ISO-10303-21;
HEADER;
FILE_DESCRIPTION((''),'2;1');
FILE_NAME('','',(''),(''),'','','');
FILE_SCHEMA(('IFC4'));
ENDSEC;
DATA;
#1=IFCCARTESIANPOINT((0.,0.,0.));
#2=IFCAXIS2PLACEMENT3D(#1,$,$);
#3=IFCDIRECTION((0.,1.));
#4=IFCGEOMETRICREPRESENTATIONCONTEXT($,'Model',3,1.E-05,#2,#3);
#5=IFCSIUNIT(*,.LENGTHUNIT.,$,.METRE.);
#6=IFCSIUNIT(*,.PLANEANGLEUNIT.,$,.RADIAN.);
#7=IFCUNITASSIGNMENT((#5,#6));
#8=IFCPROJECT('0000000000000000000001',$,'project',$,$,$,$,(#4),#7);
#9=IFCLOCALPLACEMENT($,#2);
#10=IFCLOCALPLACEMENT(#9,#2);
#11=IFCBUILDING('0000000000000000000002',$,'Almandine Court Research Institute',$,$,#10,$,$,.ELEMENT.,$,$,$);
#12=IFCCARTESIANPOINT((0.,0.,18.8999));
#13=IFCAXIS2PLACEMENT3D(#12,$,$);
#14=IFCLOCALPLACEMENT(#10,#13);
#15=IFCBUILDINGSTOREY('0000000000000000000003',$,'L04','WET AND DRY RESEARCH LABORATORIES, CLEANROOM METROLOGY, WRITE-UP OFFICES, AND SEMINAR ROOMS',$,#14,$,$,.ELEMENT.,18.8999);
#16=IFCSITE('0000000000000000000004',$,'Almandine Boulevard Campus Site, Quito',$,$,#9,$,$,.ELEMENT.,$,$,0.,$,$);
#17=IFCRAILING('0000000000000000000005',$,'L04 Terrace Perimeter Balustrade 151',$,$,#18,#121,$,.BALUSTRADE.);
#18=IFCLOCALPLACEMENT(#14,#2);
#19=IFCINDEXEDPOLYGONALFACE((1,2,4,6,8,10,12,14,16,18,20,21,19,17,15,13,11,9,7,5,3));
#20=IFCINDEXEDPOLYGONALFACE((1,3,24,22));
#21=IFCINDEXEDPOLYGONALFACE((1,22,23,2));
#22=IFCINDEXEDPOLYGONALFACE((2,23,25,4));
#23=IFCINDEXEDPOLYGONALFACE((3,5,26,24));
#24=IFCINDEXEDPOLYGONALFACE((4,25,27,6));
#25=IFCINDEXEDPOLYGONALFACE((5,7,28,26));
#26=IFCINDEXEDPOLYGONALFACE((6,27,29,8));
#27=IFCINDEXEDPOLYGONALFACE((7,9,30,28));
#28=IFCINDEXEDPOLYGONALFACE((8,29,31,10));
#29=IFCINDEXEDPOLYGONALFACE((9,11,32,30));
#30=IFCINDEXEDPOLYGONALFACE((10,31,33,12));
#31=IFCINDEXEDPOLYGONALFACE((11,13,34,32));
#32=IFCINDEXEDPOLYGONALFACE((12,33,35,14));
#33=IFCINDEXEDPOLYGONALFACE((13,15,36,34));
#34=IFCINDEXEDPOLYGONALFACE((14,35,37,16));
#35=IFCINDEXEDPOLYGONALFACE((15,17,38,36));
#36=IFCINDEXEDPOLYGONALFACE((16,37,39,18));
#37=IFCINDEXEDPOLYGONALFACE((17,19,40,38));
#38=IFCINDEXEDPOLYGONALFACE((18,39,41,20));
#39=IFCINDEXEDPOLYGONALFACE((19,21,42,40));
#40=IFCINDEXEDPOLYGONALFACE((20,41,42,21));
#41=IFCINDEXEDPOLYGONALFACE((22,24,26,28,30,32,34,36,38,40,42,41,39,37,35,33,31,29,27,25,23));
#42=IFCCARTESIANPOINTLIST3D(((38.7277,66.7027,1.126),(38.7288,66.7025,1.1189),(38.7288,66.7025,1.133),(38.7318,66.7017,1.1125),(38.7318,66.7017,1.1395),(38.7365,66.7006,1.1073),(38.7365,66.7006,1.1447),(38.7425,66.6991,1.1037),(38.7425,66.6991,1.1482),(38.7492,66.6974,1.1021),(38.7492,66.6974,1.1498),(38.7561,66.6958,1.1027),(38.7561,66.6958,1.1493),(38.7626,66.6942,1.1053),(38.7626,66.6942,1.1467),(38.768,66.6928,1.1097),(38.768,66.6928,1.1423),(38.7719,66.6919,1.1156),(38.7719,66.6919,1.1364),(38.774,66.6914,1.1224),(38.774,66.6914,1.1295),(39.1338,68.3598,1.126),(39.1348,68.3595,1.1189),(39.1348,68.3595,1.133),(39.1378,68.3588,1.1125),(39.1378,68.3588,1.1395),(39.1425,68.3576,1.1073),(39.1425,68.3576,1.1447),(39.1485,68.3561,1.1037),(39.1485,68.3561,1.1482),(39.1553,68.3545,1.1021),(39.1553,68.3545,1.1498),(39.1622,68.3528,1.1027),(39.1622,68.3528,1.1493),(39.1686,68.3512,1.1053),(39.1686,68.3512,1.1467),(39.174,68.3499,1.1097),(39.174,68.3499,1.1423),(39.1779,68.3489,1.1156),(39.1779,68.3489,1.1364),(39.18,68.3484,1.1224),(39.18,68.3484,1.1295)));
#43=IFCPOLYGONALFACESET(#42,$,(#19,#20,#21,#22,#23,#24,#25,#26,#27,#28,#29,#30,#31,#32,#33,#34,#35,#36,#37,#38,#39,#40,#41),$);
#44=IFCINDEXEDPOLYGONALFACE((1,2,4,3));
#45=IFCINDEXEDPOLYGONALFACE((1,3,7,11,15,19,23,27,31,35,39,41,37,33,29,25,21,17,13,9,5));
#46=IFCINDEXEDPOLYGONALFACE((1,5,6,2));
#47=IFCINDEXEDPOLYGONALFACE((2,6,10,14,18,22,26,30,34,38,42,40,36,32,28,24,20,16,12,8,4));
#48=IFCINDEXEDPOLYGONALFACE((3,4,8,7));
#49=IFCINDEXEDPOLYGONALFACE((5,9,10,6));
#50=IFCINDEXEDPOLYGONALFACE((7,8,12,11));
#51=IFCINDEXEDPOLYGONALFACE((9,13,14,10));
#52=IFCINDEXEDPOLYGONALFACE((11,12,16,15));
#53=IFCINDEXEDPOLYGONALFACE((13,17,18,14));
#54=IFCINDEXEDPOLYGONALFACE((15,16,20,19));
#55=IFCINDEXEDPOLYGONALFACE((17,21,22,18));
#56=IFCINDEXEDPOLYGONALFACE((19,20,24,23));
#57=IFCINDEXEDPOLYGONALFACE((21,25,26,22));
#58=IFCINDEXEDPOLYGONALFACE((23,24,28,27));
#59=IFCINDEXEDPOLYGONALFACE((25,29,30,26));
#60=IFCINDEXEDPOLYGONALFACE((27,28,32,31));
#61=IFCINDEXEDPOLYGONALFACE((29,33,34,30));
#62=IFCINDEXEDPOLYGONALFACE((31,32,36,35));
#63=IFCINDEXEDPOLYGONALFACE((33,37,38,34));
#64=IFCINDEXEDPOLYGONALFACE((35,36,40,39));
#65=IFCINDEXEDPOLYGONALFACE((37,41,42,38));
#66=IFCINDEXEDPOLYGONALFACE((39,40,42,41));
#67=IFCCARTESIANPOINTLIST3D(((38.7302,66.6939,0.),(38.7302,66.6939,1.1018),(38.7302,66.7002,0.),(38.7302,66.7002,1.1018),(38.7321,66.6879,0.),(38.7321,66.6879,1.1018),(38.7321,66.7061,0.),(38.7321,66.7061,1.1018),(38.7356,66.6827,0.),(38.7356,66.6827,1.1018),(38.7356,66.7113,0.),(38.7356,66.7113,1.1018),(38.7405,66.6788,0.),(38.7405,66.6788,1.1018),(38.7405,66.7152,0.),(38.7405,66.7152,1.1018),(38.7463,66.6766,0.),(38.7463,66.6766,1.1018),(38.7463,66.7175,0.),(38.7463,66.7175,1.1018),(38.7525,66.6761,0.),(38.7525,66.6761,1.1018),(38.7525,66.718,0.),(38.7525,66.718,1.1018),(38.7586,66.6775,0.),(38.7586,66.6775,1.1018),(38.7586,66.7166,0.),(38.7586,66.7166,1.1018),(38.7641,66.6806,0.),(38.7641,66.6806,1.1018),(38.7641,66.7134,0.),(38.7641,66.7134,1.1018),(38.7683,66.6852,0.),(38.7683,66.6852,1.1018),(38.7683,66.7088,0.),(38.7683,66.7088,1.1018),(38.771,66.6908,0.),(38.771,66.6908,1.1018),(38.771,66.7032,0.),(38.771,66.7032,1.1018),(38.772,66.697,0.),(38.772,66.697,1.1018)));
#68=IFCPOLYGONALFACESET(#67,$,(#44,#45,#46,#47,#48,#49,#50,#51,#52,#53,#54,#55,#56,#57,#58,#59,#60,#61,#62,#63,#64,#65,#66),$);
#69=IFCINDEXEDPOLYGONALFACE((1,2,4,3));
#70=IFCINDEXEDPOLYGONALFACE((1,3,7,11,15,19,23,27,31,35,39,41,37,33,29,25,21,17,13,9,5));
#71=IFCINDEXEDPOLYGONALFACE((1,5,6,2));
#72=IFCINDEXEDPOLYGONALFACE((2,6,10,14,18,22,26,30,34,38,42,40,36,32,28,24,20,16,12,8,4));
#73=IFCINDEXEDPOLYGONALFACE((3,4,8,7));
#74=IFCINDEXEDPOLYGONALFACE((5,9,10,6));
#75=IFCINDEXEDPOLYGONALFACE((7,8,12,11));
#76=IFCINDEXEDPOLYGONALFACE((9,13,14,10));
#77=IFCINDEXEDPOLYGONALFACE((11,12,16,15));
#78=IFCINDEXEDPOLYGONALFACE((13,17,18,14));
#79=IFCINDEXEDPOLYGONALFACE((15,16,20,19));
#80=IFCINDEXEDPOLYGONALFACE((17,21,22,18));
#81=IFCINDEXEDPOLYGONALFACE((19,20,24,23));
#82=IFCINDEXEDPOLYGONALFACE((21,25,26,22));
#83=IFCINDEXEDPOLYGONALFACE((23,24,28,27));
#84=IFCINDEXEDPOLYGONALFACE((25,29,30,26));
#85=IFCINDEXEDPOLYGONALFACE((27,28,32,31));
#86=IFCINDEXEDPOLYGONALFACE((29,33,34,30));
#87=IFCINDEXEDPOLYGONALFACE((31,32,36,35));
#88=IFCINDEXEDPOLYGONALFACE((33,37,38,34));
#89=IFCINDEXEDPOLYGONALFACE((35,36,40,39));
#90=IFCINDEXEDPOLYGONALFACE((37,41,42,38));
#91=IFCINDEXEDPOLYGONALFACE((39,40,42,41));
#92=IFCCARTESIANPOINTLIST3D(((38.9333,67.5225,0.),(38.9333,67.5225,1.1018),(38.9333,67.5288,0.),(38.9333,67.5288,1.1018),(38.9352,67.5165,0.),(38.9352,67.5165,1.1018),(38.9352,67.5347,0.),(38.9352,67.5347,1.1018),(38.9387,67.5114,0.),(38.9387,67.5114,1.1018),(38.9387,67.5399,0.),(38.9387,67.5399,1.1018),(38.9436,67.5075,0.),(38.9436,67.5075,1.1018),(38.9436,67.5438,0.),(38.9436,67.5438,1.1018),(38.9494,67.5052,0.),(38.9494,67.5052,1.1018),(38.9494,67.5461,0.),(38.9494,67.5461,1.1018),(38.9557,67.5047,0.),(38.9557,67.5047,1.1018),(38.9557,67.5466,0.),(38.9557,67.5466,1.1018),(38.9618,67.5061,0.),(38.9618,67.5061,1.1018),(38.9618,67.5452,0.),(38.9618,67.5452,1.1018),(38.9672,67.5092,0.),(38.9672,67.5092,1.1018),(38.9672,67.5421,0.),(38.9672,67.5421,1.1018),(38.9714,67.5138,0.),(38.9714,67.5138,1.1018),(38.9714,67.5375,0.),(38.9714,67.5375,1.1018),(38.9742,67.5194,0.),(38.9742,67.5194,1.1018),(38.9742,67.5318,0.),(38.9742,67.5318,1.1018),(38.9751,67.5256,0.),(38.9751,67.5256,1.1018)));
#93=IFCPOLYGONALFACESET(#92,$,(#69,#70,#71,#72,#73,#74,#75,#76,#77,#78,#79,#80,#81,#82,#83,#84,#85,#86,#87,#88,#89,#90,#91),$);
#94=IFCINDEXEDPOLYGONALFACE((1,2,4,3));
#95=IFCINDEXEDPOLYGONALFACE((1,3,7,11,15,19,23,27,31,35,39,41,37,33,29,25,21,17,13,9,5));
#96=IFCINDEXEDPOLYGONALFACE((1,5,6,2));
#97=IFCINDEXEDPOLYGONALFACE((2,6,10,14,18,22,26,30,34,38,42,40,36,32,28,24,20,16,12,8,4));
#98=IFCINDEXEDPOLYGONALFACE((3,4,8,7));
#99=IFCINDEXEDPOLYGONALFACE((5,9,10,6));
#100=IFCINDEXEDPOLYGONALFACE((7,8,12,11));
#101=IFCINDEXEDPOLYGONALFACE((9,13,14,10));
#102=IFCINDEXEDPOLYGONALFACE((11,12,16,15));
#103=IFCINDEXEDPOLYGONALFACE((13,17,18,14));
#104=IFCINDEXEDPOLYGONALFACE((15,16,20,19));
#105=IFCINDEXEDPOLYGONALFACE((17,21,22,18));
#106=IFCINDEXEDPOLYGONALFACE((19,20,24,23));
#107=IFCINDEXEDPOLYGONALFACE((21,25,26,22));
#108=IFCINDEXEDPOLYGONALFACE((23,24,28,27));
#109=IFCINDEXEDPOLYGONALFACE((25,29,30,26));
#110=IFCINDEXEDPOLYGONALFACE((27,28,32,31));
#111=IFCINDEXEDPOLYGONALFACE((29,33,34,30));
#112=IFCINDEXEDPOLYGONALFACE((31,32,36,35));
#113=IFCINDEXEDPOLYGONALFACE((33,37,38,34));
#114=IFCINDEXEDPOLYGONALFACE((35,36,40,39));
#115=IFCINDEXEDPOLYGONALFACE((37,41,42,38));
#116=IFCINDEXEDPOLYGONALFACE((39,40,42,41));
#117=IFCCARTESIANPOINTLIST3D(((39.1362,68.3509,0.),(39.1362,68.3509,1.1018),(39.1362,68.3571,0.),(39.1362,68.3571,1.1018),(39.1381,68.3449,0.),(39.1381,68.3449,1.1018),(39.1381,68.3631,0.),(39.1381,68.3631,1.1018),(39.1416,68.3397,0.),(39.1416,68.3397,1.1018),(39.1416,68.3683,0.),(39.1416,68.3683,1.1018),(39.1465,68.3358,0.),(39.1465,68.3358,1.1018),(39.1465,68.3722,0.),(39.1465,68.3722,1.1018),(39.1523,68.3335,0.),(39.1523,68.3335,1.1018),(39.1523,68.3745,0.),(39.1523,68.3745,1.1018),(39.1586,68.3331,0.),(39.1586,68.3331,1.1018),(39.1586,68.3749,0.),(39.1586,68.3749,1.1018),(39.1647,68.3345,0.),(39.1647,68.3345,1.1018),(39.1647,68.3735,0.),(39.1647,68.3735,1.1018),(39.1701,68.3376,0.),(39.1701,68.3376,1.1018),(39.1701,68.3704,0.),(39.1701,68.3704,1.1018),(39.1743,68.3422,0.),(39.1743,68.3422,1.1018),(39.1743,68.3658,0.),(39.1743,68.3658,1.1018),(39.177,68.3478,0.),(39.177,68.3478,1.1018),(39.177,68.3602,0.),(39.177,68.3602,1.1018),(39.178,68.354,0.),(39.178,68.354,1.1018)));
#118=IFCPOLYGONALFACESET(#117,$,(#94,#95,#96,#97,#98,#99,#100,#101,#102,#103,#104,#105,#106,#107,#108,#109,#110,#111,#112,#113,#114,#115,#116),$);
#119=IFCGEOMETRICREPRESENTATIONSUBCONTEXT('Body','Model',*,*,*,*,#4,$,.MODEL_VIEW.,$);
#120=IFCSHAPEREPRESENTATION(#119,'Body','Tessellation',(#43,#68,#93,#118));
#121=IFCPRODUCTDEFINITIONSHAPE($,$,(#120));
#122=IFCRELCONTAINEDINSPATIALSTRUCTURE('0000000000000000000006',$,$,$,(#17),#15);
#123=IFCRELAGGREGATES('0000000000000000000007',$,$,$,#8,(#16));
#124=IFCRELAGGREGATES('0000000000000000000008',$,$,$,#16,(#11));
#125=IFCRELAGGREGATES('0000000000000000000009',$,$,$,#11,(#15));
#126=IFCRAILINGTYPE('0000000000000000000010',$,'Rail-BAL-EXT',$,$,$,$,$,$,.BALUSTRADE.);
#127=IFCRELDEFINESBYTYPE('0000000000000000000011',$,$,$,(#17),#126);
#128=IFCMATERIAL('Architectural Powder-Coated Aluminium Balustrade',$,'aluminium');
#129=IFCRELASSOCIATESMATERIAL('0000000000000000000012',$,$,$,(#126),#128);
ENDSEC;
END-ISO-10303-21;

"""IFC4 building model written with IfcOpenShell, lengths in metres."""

from ifc_helpers import new_model, si_unit, direction, frame, origin, origin_2d, place, context, subcontext, project, spatial, circle, extrude, material, type_object, element, save


model = new_model("IFC4")

# Units and contexts
model_context = context("Model", 3, precision=1e-05, world=origin(), true_north=direction((0.0, 1.0)))
body_context = subcontext(model_context, "Body", "Model", "MODEL_VIEW")
ifc_project = project(units=[si_unit("LENGTHUNIT", "METRE"), si_unit("PLANEANGLEUNIT", "RADIAN")], contexts=[model_context])

# Site, building, storey
site_placement = place(None, origin())
site = spatial("IfcSite", under=ifc_project, at=site_placement, Name="Almandine Boulevard Campus Site, Quito", CompositionType="ELEMENT", RefElevation=0.0)
building_placement = place(site_placement, origin())
building = spatial("IfcBuilding", under=site, at=building_placement, Name="Almandine Court Research Institute", CompositionType="ELEMENT")
storey_placement = place(building_placement, frame((0.0, 0.0, 18.8999)))
storey = spatial("IfcBuildingStorey", under=building, at=storey_placement, Name="L04", Description="WET AND DRY RESEARCH LABORATORIES, CLEANROOM METROLOGY, WRITE-UP OFFICES, AND SEMINAR ROOMS", CompositionType="ELEMENT", Elevation=18.8999)

# Railing
ifc_material_1 = material(Name="Architectural Powder-Coated Aluminium Balustrade", Category="aluminium")
railing_type = type_object("IfcRailingType", Name="Rail-BAL-EXT", PredefinedType="BALUSTRADE", material=ifc_material_1)
railing_1_placement = place(storey_placement, frame((38.751, 66.697, 0.0)))
element("IfcRailing", 1, at=railing_1_placement, inside=storey, type_object=railing_type, Name="L04 Terrace Perimeter Balustrade 151", PredefinedType="BALUSTRADE", context=body_context, shape_type="SweptSolid", body=[
    extrude(circle(Radius=0.0239, at=origin_2d()), frame((0.0, 0.0, 1.126), z_axis=(0.237987, 0.971268, 0.0), x_axis=(-0.971268, 0.237987, 0.0)), (0.0, 0.0, 1.0), 1.7061),
    extrude(circle(Radius=0.021, at=origin_2d()), origin(), (0.0, 0.0, 1.0), 1.1018),
    extrude(circle(Radius=0.021, at=origin_2d()), frame((0.2031, 0.8286, 0.0)), (0.0, 0.0, 1.0), 1.1018),
    extrude(circle(Radius=0.021, at=origin_2d()), frame((0.406, 1.657, 0.0)), (0.0, 0.0, 1.0), 1.1018),
])

save(model, "model.ifc")
